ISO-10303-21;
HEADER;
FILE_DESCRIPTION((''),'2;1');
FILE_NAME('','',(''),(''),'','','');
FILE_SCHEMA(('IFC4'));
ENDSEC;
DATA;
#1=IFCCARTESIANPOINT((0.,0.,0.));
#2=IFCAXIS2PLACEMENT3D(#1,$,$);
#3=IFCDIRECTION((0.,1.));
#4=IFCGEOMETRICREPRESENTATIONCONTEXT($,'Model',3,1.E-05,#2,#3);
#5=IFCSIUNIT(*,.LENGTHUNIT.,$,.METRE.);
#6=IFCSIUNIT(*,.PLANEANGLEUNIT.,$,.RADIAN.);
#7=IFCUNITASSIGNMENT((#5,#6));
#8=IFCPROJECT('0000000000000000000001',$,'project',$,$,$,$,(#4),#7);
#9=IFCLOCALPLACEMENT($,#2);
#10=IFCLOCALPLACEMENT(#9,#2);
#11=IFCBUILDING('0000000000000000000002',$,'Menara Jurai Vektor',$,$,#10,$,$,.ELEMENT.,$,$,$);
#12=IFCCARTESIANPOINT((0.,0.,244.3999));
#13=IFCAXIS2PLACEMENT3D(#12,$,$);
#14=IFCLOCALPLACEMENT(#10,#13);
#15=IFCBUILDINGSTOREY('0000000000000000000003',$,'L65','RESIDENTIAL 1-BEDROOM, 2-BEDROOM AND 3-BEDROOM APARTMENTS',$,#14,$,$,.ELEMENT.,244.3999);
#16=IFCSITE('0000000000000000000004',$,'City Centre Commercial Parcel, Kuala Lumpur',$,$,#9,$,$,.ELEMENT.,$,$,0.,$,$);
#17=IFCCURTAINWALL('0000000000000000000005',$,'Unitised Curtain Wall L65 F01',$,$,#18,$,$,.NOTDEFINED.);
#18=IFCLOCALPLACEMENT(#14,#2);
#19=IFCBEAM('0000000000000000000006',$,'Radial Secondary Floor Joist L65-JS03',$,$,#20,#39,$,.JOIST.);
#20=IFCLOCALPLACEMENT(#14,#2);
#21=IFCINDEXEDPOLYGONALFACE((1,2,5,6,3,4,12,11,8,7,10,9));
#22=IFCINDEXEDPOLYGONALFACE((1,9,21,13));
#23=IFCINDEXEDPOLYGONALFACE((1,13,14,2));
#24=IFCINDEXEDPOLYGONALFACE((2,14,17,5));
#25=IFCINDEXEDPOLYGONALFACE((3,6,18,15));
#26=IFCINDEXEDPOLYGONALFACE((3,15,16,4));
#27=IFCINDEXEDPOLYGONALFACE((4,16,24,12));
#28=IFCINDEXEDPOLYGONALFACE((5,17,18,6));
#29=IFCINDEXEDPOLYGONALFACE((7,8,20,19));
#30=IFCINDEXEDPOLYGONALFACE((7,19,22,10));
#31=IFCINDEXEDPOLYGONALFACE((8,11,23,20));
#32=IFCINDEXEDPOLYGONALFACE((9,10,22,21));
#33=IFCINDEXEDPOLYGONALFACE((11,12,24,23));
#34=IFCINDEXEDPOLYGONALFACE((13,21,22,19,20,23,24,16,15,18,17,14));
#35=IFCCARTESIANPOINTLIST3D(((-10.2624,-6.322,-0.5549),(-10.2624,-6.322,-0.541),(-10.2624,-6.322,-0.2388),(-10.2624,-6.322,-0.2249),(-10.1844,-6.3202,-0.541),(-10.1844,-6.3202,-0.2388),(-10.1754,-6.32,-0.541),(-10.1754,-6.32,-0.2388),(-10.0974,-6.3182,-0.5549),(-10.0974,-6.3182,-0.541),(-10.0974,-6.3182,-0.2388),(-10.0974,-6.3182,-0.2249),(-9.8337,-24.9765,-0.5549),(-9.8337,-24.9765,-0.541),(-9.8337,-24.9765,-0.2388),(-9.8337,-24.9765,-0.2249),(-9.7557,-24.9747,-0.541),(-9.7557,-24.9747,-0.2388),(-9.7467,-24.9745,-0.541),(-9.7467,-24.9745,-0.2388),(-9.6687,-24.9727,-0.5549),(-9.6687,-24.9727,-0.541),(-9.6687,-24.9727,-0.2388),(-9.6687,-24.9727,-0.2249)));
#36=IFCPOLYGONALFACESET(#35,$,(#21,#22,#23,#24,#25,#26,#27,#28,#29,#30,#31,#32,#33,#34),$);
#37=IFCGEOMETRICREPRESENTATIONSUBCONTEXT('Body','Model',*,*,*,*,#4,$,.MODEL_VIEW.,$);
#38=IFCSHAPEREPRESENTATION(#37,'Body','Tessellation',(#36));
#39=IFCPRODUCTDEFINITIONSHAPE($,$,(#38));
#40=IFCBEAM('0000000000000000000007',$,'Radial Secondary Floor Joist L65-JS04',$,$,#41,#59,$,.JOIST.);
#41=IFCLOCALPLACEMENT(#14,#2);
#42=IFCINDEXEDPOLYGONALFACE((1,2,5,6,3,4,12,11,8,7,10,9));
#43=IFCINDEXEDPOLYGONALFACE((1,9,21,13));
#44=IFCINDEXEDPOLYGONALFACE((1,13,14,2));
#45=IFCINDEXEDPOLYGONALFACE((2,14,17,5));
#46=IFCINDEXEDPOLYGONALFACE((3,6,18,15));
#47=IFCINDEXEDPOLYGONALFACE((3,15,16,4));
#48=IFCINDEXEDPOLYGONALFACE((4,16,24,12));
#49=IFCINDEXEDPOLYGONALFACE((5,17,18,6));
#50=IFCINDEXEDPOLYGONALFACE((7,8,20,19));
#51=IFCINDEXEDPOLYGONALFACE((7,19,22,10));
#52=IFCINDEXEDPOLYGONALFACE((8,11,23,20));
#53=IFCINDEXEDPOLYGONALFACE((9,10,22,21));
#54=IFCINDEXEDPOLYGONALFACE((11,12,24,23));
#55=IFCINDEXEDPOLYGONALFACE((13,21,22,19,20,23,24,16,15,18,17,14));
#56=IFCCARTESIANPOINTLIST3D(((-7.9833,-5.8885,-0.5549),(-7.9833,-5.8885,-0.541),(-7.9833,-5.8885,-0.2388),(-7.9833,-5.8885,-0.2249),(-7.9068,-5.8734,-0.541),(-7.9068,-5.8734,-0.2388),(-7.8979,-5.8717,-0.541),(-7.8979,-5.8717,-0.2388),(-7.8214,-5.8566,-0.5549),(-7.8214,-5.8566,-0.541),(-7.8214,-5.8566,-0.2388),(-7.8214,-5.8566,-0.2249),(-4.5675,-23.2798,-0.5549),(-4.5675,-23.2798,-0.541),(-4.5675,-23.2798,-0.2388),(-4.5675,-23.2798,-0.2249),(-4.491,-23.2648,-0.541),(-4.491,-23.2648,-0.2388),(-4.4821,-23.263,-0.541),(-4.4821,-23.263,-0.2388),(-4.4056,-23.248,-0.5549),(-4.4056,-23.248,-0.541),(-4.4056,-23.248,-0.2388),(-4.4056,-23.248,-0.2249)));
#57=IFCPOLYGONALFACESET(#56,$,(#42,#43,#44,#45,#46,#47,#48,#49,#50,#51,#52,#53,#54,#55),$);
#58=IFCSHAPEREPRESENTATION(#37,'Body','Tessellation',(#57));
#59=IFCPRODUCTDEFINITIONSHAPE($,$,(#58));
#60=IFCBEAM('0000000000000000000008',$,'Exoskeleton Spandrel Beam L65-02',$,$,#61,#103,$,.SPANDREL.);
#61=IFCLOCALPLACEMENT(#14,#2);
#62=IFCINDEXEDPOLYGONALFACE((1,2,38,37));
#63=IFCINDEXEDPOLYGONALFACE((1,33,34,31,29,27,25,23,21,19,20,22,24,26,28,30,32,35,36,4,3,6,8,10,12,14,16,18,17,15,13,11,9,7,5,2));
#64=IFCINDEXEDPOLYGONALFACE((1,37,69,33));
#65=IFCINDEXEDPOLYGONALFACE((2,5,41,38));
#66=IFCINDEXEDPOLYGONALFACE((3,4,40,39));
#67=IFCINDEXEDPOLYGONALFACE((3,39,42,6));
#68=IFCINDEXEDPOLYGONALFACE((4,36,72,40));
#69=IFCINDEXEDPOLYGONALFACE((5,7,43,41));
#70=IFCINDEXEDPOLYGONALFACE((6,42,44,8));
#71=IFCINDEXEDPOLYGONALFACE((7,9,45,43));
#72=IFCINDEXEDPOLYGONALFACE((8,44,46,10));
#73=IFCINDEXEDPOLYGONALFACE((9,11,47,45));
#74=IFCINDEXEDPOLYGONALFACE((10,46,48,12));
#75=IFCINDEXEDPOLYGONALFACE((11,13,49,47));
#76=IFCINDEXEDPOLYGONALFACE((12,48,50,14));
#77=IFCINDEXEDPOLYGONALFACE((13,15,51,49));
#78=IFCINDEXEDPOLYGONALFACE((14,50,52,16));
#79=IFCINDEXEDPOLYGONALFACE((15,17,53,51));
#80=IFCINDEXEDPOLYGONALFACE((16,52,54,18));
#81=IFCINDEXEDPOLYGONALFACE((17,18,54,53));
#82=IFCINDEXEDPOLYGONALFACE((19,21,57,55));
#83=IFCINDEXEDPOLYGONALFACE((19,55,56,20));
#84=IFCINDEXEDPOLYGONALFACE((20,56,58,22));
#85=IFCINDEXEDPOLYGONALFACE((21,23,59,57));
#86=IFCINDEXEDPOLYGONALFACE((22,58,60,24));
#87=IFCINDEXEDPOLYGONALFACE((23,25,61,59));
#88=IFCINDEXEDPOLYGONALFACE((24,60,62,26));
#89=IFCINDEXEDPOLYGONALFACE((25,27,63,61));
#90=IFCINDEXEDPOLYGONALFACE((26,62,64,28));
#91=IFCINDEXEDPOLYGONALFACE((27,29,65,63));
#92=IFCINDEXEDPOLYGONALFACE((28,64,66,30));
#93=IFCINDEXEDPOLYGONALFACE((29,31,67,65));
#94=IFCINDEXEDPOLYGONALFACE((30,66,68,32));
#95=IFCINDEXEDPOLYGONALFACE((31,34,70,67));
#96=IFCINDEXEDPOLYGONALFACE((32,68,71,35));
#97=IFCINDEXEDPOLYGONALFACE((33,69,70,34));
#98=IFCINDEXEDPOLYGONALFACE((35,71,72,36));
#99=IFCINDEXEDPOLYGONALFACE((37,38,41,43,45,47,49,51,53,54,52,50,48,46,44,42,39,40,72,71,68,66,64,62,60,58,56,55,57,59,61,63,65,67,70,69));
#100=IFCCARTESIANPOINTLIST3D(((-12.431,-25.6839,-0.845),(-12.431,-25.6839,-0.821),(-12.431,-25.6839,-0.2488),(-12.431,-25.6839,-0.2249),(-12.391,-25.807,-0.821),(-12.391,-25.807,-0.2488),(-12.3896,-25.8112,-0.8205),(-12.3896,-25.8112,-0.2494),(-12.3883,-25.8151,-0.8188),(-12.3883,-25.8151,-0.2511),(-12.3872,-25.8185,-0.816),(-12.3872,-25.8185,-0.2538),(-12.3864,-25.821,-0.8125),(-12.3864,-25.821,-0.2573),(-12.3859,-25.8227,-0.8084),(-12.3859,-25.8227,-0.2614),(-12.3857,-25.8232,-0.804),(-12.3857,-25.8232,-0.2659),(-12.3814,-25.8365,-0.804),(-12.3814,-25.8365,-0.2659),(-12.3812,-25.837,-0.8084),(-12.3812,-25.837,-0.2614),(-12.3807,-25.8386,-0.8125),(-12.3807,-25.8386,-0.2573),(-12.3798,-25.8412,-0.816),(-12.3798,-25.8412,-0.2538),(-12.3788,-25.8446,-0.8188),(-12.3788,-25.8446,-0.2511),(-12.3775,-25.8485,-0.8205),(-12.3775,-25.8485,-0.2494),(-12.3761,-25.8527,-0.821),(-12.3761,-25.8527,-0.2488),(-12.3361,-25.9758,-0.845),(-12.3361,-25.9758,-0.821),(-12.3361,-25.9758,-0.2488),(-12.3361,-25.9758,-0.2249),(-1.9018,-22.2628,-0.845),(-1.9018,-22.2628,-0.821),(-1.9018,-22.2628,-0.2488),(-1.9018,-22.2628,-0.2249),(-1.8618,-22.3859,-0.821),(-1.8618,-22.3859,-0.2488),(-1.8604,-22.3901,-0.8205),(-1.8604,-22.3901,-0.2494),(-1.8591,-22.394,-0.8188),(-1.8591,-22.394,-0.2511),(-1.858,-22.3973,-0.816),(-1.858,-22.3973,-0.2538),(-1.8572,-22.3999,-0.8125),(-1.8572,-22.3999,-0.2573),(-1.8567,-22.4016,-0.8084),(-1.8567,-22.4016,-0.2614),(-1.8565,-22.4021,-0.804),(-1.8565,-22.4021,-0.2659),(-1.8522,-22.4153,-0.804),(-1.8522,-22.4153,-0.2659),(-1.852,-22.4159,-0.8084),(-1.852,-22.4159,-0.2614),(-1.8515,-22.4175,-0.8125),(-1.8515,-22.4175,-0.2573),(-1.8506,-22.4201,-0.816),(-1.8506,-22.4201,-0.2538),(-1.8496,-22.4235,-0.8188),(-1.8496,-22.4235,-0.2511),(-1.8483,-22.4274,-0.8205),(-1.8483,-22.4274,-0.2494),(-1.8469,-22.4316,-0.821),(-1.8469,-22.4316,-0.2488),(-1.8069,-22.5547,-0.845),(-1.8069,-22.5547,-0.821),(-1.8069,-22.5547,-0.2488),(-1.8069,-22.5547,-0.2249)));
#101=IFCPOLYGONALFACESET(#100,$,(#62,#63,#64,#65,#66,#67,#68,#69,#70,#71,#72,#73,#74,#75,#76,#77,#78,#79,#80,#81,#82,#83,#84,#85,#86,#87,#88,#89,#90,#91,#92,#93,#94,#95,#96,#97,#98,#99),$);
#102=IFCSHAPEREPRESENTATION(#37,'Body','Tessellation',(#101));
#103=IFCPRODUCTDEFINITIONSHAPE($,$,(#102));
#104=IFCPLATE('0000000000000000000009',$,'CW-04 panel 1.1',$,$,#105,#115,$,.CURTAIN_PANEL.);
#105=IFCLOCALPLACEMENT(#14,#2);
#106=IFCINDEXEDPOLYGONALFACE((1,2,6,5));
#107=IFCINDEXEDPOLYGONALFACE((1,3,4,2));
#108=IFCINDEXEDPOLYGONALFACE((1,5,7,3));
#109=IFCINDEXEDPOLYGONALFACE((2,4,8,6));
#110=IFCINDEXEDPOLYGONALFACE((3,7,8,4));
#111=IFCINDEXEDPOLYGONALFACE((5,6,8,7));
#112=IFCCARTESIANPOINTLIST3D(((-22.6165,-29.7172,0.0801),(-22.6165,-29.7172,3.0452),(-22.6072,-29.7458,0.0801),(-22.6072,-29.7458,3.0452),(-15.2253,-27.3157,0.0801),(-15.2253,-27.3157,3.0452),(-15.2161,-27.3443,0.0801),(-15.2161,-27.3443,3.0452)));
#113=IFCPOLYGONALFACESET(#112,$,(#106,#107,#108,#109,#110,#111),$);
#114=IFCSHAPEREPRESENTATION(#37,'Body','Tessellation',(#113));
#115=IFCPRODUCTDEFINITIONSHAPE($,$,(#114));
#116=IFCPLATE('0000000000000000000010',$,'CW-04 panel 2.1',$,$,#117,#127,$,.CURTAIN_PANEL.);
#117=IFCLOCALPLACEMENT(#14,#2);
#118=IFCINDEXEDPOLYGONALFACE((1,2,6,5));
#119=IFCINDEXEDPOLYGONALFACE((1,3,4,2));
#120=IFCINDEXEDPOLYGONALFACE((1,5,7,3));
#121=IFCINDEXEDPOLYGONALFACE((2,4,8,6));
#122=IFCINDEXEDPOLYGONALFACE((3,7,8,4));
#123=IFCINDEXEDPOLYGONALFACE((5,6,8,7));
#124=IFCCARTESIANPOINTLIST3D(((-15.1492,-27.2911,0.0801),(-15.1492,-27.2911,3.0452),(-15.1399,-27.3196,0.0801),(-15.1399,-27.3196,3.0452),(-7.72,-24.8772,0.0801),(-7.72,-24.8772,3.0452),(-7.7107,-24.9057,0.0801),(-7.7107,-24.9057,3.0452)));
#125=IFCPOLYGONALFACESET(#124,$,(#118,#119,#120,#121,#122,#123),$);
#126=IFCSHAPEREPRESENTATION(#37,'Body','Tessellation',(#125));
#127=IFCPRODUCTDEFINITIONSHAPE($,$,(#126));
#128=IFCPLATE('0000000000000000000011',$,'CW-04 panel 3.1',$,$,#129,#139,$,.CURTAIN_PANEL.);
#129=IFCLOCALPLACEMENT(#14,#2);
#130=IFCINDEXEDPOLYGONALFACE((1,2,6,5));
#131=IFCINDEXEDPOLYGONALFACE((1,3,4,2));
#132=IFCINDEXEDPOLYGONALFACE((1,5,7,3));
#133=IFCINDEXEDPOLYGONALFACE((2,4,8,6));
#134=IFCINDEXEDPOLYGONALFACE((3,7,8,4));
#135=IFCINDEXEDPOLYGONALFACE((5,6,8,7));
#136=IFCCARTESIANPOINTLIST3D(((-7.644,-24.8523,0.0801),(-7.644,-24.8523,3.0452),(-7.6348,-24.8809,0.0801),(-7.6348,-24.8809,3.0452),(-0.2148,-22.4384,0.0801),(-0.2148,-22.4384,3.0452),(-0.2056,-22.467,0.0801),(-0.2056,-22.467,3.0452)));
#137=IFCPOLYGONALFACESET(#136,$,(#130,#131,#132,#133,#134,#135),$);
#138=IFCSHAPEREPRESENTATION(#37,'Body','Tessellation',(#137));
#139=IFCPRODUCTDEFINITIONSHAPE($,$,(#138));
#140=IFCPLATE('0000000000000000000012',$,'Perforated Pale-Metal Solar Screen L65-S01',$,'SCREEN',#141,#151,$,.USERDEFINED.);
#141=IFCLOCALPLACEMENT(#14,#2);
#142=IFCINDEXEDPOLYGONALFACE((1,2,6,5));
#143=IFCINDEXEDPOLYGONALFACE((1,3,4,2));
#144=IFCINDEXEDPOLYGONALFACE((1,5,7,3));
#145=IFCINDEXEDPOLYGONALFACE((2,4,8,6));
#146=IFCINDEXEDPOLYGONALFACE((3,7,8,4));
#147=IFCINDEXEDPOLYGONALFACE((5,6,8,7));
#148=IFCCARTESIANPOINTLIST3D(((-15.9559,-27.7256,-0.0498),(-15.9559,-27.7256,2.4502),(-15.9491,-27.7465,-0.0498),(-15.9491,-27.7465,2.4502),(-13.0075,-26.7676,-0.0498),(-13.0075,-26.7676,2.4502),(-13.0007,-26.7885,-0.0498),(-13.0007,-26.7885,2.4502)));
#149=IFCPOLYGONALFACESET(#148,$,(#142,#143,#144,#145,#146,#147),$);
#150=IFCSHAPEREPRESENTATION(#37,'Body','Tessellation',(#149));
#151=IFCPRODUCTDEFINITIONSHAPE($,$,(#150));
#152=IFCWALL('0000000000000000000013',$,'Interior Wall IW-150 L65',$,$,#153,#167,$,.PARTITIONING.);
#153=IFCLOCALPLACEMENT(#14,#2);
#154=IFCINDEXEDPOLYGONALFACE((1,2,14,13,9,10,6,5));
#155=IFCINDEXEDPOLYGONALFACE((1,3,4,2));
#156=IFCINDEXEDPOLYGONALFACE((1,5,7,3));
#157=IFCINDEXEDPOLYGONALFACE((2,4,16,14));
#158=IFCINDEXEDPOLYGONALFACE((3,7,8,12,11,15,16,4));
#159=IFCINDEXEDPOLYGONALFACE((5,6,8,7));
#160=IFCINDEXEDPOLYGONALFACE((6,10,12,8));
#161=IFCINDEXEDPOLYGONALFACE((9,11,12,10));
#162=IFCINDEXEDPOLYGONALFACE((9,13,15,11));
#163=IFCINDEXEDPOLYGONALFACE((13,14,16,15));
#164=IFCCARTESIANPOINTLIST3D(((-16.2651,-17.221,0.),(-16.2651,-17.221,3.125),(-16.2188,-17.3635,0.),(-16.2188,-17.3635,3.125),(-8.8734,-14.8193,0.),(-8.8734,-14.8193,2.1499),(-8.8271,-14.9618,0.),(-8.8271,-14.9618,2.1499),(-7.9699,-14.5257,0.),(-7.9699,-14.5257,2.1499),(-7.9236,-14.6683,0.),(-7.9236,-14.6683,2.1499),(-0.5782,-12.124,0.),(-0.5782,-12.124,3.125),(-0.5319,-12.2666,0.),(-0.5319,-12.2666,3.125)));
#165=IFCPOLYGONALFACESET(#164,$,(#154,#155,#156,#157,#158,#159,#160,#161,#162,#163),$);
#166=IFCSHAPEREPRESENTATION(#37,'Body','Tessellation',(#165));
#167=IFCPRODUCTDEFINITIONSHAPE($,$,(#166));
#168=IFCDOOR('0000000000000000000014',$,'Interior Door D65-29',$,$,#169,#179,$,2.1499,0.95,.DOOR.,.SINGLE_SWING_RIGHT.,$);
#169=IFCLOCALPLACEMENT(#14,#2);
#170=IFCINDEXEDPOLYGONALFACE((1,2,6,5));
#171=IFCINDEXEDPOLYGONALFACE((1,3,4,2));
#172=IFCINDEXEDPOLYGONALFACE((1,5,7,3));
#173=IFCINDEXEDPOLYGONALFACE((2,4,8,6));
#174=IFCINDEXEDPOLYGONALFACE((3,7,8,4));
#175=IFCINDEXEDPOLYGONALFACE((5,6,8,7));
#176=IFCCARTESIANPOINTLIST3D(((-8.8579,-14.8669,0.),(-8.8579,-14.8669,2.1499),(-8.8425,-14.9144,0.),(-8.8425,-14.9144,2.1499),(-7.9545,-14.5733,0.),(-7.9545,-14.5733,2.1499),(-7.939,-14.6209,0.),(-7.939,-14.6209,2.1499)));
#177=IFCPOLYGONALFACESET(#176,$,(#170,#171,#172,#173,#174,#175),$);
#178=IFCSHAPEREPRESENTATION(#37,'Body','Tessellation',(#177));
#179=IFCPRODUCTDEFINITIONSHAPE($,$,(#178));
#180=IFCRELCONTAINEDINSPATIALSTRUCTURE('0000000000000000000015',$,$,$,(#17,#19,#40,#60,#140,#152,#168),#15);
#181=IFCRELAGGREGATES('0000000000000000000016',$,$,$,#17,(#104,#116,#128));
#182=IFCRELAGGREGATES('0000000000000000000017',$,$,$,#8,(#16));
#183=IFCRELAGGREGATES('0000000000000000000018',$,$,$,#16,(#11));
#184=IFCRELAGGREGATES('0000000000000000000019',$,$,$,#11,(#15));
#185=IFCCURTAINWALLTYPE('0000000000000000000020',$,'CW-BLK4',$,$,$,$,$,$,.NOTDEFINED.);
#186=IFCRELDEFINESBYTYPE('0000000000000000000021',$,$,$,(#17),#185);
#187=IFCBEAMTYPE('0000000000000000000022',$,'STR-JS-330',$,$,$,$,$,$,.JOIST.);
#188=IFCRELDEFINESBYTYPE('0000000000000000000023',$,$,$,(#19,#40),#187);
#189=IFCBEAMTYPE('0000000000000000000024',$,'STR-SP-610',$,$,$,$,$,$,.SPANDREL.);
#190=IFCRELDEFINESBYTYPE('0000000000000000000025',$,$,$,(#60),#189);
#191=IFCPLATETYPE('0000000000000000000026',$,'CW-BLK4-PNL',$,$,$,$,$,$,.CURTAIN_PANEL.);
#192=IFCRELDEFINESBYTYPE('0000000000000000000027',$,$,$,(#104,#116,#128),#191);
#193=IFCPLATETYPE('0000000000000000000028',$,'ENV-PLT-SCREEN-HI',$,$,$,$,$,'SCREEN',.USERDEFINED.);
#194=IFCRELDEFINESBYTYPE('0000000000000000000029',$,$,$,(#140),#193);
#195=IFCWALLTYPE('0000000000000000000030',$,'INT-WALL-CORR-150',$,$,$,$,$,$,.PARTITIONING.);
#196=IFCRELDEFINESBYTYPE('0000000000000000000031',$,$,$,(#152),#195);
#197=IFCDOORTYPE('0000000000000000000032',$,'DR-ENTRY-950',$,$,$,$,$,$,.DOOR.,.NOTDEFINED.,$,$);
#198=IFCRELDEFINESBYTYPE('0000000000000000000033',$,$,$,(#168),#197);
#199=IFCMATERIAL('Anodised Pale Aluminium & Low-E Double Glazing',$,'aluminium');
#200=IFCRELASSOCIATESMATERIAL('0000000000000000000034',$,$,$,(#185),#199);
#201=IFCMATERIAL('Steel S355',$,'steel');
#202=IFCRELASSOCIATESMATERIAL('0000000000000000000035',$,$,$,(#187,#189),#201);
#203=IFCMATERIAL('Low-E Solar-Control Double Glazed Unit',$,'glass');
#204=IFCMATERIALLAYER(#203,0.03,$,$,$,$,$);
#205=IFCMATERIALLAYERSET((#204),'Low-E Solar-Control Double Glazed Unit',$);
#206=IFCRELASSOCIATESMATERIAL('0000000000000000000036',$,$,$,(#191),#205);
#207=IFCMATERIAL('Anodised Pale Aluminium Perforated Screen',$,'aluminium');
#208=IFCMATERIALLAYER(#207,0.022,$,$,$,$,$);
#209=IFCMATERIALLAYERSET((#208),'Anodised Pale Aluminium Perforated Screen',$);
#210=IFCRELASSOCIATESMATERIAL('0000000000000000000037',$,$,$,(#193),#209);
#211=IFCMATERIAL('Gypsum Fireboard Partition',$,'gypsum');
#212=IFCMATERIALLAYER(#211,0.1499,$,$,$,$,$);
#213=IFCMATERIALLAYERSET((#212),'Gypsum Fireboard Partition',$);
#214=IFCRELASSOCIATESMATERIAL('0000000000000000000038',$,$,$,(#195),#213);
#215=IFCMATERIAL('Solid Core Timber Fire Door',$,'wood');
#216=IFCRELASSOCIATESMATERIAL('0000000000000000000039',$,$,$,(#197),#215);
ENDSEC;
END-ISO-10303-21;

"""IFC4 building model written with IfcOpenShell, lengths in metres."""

from ifc_helpers import new_model, si_unit, direction, frame, frame_2d, origin, origin_2d, place, context, subcontext, project, spatial, rectangle, i_section, extrude, material, layer, layer_set, material_profile, profile_set, type_object, element, fill, aggregate, save


model = new_model("IFC4")

# Units and contexts
model_context = context("Model", 3, precision=1e-05, world=origin(), true_north=direction((0.0, 1.0)))
body_context = subcontext(model_context, "Body", "Model", "MODEL_VIEW")
ifc_project = project(units=[si_unit("LENGTHUNIT", "METRE"), si_unit("PLANEANGLEUNIT", "RADIAN")], contexts=[model_context])

# Site, building, storey
site_placement = place(None, origin())
site = spatial("IfcSite", under=ifc_project, at=site_placement, Name="City Centre Commercial Parcel, Kuala Lumpur", CompositionType="ELEMENT", RefElevation=0.0)
building_placement = place(site_placement, origin())
building = spatial("IfcBuilding", under=site, at=building_placement, Name="Menara Jurai Vektor", CompositionType="ELEMENT")
storey_placement = place(building_placement, frame((0.0, 0.0, 244.3999)))
storey = spatial("IfcBuildingStorey", under=building, at=storey_placement, Name="L65", Description="RESIDENTIAL 1-BEDROOM, 2-BEDROOM AND 3-BEDROOM APARTMENTS", CompositionType="ELEMENT", Elevation=244.3999)

# Curtain wall
ifc_material_1 = material(Name="Anodised Pale Aluminium & Low-E Double Glazing", Category="aluminium")
curtain_wall_type = type_object("IfcCurtainWallType", Name="CW-BLK4", PredefinedType="NOTDEFINED", material=ifc_material_1)
curtain_wall_placement = place(storey_placement, origin())
curtain_wall = element("IfcCurtainWall", 1, at=curtain_wall_placement, inside=storey, type_object=curtain_wall_type, Name="Unitised Curtain Wall L65 F01", PredefinedType="NOTDEFINED")

# Beams
ifc_material_2 = material(Name="Steel S355", Category="steel")
ifc_material_profile_1 = material_profile(ifc_material_2, i_section(OverallWidth=0.165, OverallDepth=0.3301, WebThickness=0.009, FlangeThickness=0.0139, at=origin_2d()), Name="PG 330x165x46")
ifc_profile_set_1 = profile_set([ifc_material_profile_1], Name="Steel S355")
beam_type_1 = type_object("IfcBeamType", Name="STR-JS-330", PredefinedType="JOIST", material=ifc_profile_set_1)
beam_1_placement = place(storey_placement, frame((-9.7512, -24.9746, -0.3899), z_axis=(-0.022976, 0.999736, 0.0), x_axis=(-0.999736, -0.022976, 0.0)))
element("IfcBeam", 2, at=beam_1_placement, inside=storey, type_object=beam_type_1, Name="Radial Secondary Floor Joist L65-JS03", PredefinedType="JOIST", context=body_context, shape_type="SweptSolid", body=[
    extrude(i_section(OverallWidth=0.165, OverallDepth=0.3301, WebThickness=0.009, FlangeThickness=0.0139, at=origin_2d()), origin(), (0.0, 0.0, 1.0), 18.6594),
])
beam_2_placement = place(storey_placement, frame((-4.4866, -23.2639, -0.3899), z_axis=(-0.192724, 0.981253, 0.0), x_axis=(-0.981253, -0.192724, 0.0)))
element("IfcBeam", 3, at=beam_2_placement, inside=storey, type_object=beam_type_1, Name="Radial Secondary Floor Joist L65-JS04", PredefinedType="JOIST", context=body_context, shape_type="SweptSolid", body=[
    extrude(i_section(OverallWidth=0.165, OverallDepth=0.3301, WebThickness=0.009, FlangeThickness=0.0139, at=origin_2d()), origin(), (0.0, 0.0, 1.0), 17.7236),
])
ifc_material_profile_2 = material_profile(ifc_material_2, i_section(OverallWidth=0.3069, OverallDepth=0.6201, WebThickness=0.0139, FlangeThickness=0.0239, FilletRadius=0.0171, at=origin_2d()), Name="UKB 610x305x179")
ifc_profile_set_2 = profile_set([ifc_material_profile_2], Name="Steel S355")
beam_type_2 = type_object("IfcBeamType", Name="STR-SP-610", PredefinedType="SPANDREL", material=ifc_profile_set_2)
beam_3_placement = place(storey_placement, frame((-12.3835, -25.8298, -0.5349), z_axis=(0.951057, 0.309014, 0.0), x_axis=(-0.309014, 0.951057, 0.0)))
element("IfcBeam", 4, at=beam_3_placement, inside=storey, type_object=beam_type_2, Name="Exoskeleton Spandrel Beam L65-02", PredefinedType="SPANDREL", context=body_context, shape_type="SweptSolid", body=[
    extrude(i_section(OverallWidth=0.3069, OverallDepth=0.6201, WebThickness=0.0139, FlangeThickness=0.0239, FilletRadius=0.0171, at=origin_2d()), origin(), (0.0, 0.0, 1.0), 11.071),
])

# Plates
ifc_material_3 = material(Name="Low-E Solar-Control Double Glazed Unit", Category="glass")
ifc_layer_1 = layer(ifc_material_3, 0.03)
ifc_layer_set_1 = layer_set([ifc_layer_1], Name="Low-E Solar-Control Double Glazed Unit")
plate_type_1 = type_object("IfcPlateType", Name="CW-BLK4-PNL", PredefinedType="CURTAIN_PANEL", material=ifc_layer_set_1)
plate_1_placement = place(storey_placement, frame((-18.9163, -28.5308, 0.0801), z_axis=(0.0, 0.0, 1.0), x_axis=(0.951056, 0.309017, 0.0)))
plate_1 = element("IfcPlate", 5, at=plate_1_placement, type_object=plate_type_1, Name="CW-04 panel 1.1", PredefinedType="CURTAIN_PANEL", context=body_context, shape_type="SweptSolid", body=[
    extrude(rectangle(XDim=7.7715, YDim=0.03, at=origin_2d()), origin(), (0.0, 0.0, 1.0), 2.9651),
])
plate_2_placement = place(storey_placement, frame((-11.4299, -26.0984, 0.0801), z_axis=(0.0, 0.0, 1.0), x_axis=(0.951056, 0.309017, 0.0)))
plate_2 = element("IfcPlate", 6, at=plate_2_placement, type_object=plate_type_1, Name="CW-04 panel 2.1", PredefinedType="CURTAIN_PANEL", context=body_context, shape_type="SweptSolid", body=[
    extrude(rectangle(XDim=7.8115, YDim=0.03, at=origin_2d()), origin(), (0.0, 0.0, 1.0), 2.9651),
])
plate_3_placement = place(storey_placement, frame((-3.9248, -23.6597, 0.0801), z_axis=(0.0, 0.0, 1.0), x_axis=(0.951056, 0.309017, 0.0)))
plate_3 = element("IfcPlate", 7, at=plate_3_placement, type_object=plate_type_1, Name="CW-04 panel 3.1", PredefinedType="CURTAIN_PANEL", context=body_context, shape_type="SweptSolid", body=[
    extrude(rectangle(XDim=7.8115, YDim=0.03, at=origin_2d()), origin(), (0.0, 0.0, 1.0), 2.9651),
])
aggregate(curtain_wall, [plate_1, plate_2, plate_3])
ifc_material_4 = material(Name="Anodised Pale Aluminium Perforated Screen", Category="aluminium")
ifc_layer_2 = layer(ifc_material_4, 0.022)
ifc_layer_set_2 = layer_set([ifc_layer_2], Name="Anodised Pale Aluminium Perforated Screen")
plate_type_2 = type_object("IfcPlateType", Name="ENV-PLT-SCREEN-HI", ElementType="SCREEN", PredefinedType="USERDEFINED", material=ifc_layer_set_2)
plate_4_placement = place(storey_placement, frame((-14.4783, -27.2571, -0.0498), z_axis=(0.0, 0.0, 1.0), x_axis=(0.951057, 0.309017, 0.0)))
element("IfcPlate", 8, at=plate_4_placement, inside=storey, type_object=plate_type_2, Name="Perforated Pale-Metal Solar Screen L65-S01", ObjectType="SCREEN", PredefinedType="USERDEFINED", context=body_context, shape_type="SweptSolid", body=[
    extrude(rectangle(XDim=3.1001, YDim=0.022, at=origin_2d()), origin(), (0.0, 0.0, 1.0), 2.5),
])

# Wall, opening, door
ifc_material_5 = material(Name="Gypsum Fireboard Partition", Category="gypsum")
ifc_layer_3 = layer(ifc_material_5, 0.1499)
ifc_layer_set_3 = layer_set([ifc_layer_3], Name="Gypsum Fireboard Partition")
wall_type_1 = type_object("IfcWallType", Name="INT-WALL-CORR-150", PredefinedType="PARTITIONING", material=ifc_layer_set_3)
wall_1_placement = place(storey_placement, frame((-16.2419, -17.2922, 0.0), z_axis=(0.0, 0.0, 1.0), x_axis=(0.951057, 0.309016, 0.0)))
wall_1 = element("IfcWall", 9, at=wall_1_placement, inside=storey, type_object=wall_type_1, Name="Interior Wall IW-150 L65", PredefinedType="PARTITIONING", context=body_context, shape_type="SweptSolid", body=[
    extrude(rectangle(XDim=16.4941, YDim=0.1499, at=frame_2d((8.2471, 0.0))), origin(), (0.0, 0.0, 1.0), 3.125),
])
opening_1_placement = place(wall_1_placement, frame((7.772, 0.0, 0.0)))
opening_1 = element("IfcOpeningElement", 10, at=opening_1_placement, cuts=wall_1, PredefinedType="OPENING", context=body_context, shape_type="SweptSolid", body=[
    extrude(rectangle(XDim=0.95, YDim=2.1499, at=frame_2d((0.4751, 1.075))), frame((0.0, 0.085, 0.0), z_axis=(0.0, -1.0, 0.0), x_axis=(1.0, 0.0, 0.0)), (0.0, 0.0, 1.0), 0.1699),
])
ifc_material_6 = material(Name="Solid Core Timber Fire Door", Category="wood")
door_type_1 = type_object("IfcDoorType", Name="DR-ENTRY-950", OperationType="NOTDEFINED", PredefinedType="DOOR", material=ifc_material_6)
door_1_placement = place(opening_1_placement, origin())
door_1 = element("IfcDoor", 11, at=door_1_placement, inside=storey, type_object=door_type_1, Name="Interior Door D65-29", OperationType="SINGLE_SWING_RIGHT", OverallHeight=2.1499, OverallWidth=0.95, PredefinedType="DOOR", context=body_context, shape_type="SweptSolid", body=[
    extrude(rectangle(XDim=0.95, YDim=2.1499, at=frame_2d((0.4751, 1.075))), frame((0.0, 0.0249, 0.0), z_axis=(0.0, -1.0, 0.0), x_axis=(1.0, 0.0, 0.0)), (0.0, 0.0, 1.0), 0.05),
])
fill(opening_1, door_1)

save(model, "model.ifc")
